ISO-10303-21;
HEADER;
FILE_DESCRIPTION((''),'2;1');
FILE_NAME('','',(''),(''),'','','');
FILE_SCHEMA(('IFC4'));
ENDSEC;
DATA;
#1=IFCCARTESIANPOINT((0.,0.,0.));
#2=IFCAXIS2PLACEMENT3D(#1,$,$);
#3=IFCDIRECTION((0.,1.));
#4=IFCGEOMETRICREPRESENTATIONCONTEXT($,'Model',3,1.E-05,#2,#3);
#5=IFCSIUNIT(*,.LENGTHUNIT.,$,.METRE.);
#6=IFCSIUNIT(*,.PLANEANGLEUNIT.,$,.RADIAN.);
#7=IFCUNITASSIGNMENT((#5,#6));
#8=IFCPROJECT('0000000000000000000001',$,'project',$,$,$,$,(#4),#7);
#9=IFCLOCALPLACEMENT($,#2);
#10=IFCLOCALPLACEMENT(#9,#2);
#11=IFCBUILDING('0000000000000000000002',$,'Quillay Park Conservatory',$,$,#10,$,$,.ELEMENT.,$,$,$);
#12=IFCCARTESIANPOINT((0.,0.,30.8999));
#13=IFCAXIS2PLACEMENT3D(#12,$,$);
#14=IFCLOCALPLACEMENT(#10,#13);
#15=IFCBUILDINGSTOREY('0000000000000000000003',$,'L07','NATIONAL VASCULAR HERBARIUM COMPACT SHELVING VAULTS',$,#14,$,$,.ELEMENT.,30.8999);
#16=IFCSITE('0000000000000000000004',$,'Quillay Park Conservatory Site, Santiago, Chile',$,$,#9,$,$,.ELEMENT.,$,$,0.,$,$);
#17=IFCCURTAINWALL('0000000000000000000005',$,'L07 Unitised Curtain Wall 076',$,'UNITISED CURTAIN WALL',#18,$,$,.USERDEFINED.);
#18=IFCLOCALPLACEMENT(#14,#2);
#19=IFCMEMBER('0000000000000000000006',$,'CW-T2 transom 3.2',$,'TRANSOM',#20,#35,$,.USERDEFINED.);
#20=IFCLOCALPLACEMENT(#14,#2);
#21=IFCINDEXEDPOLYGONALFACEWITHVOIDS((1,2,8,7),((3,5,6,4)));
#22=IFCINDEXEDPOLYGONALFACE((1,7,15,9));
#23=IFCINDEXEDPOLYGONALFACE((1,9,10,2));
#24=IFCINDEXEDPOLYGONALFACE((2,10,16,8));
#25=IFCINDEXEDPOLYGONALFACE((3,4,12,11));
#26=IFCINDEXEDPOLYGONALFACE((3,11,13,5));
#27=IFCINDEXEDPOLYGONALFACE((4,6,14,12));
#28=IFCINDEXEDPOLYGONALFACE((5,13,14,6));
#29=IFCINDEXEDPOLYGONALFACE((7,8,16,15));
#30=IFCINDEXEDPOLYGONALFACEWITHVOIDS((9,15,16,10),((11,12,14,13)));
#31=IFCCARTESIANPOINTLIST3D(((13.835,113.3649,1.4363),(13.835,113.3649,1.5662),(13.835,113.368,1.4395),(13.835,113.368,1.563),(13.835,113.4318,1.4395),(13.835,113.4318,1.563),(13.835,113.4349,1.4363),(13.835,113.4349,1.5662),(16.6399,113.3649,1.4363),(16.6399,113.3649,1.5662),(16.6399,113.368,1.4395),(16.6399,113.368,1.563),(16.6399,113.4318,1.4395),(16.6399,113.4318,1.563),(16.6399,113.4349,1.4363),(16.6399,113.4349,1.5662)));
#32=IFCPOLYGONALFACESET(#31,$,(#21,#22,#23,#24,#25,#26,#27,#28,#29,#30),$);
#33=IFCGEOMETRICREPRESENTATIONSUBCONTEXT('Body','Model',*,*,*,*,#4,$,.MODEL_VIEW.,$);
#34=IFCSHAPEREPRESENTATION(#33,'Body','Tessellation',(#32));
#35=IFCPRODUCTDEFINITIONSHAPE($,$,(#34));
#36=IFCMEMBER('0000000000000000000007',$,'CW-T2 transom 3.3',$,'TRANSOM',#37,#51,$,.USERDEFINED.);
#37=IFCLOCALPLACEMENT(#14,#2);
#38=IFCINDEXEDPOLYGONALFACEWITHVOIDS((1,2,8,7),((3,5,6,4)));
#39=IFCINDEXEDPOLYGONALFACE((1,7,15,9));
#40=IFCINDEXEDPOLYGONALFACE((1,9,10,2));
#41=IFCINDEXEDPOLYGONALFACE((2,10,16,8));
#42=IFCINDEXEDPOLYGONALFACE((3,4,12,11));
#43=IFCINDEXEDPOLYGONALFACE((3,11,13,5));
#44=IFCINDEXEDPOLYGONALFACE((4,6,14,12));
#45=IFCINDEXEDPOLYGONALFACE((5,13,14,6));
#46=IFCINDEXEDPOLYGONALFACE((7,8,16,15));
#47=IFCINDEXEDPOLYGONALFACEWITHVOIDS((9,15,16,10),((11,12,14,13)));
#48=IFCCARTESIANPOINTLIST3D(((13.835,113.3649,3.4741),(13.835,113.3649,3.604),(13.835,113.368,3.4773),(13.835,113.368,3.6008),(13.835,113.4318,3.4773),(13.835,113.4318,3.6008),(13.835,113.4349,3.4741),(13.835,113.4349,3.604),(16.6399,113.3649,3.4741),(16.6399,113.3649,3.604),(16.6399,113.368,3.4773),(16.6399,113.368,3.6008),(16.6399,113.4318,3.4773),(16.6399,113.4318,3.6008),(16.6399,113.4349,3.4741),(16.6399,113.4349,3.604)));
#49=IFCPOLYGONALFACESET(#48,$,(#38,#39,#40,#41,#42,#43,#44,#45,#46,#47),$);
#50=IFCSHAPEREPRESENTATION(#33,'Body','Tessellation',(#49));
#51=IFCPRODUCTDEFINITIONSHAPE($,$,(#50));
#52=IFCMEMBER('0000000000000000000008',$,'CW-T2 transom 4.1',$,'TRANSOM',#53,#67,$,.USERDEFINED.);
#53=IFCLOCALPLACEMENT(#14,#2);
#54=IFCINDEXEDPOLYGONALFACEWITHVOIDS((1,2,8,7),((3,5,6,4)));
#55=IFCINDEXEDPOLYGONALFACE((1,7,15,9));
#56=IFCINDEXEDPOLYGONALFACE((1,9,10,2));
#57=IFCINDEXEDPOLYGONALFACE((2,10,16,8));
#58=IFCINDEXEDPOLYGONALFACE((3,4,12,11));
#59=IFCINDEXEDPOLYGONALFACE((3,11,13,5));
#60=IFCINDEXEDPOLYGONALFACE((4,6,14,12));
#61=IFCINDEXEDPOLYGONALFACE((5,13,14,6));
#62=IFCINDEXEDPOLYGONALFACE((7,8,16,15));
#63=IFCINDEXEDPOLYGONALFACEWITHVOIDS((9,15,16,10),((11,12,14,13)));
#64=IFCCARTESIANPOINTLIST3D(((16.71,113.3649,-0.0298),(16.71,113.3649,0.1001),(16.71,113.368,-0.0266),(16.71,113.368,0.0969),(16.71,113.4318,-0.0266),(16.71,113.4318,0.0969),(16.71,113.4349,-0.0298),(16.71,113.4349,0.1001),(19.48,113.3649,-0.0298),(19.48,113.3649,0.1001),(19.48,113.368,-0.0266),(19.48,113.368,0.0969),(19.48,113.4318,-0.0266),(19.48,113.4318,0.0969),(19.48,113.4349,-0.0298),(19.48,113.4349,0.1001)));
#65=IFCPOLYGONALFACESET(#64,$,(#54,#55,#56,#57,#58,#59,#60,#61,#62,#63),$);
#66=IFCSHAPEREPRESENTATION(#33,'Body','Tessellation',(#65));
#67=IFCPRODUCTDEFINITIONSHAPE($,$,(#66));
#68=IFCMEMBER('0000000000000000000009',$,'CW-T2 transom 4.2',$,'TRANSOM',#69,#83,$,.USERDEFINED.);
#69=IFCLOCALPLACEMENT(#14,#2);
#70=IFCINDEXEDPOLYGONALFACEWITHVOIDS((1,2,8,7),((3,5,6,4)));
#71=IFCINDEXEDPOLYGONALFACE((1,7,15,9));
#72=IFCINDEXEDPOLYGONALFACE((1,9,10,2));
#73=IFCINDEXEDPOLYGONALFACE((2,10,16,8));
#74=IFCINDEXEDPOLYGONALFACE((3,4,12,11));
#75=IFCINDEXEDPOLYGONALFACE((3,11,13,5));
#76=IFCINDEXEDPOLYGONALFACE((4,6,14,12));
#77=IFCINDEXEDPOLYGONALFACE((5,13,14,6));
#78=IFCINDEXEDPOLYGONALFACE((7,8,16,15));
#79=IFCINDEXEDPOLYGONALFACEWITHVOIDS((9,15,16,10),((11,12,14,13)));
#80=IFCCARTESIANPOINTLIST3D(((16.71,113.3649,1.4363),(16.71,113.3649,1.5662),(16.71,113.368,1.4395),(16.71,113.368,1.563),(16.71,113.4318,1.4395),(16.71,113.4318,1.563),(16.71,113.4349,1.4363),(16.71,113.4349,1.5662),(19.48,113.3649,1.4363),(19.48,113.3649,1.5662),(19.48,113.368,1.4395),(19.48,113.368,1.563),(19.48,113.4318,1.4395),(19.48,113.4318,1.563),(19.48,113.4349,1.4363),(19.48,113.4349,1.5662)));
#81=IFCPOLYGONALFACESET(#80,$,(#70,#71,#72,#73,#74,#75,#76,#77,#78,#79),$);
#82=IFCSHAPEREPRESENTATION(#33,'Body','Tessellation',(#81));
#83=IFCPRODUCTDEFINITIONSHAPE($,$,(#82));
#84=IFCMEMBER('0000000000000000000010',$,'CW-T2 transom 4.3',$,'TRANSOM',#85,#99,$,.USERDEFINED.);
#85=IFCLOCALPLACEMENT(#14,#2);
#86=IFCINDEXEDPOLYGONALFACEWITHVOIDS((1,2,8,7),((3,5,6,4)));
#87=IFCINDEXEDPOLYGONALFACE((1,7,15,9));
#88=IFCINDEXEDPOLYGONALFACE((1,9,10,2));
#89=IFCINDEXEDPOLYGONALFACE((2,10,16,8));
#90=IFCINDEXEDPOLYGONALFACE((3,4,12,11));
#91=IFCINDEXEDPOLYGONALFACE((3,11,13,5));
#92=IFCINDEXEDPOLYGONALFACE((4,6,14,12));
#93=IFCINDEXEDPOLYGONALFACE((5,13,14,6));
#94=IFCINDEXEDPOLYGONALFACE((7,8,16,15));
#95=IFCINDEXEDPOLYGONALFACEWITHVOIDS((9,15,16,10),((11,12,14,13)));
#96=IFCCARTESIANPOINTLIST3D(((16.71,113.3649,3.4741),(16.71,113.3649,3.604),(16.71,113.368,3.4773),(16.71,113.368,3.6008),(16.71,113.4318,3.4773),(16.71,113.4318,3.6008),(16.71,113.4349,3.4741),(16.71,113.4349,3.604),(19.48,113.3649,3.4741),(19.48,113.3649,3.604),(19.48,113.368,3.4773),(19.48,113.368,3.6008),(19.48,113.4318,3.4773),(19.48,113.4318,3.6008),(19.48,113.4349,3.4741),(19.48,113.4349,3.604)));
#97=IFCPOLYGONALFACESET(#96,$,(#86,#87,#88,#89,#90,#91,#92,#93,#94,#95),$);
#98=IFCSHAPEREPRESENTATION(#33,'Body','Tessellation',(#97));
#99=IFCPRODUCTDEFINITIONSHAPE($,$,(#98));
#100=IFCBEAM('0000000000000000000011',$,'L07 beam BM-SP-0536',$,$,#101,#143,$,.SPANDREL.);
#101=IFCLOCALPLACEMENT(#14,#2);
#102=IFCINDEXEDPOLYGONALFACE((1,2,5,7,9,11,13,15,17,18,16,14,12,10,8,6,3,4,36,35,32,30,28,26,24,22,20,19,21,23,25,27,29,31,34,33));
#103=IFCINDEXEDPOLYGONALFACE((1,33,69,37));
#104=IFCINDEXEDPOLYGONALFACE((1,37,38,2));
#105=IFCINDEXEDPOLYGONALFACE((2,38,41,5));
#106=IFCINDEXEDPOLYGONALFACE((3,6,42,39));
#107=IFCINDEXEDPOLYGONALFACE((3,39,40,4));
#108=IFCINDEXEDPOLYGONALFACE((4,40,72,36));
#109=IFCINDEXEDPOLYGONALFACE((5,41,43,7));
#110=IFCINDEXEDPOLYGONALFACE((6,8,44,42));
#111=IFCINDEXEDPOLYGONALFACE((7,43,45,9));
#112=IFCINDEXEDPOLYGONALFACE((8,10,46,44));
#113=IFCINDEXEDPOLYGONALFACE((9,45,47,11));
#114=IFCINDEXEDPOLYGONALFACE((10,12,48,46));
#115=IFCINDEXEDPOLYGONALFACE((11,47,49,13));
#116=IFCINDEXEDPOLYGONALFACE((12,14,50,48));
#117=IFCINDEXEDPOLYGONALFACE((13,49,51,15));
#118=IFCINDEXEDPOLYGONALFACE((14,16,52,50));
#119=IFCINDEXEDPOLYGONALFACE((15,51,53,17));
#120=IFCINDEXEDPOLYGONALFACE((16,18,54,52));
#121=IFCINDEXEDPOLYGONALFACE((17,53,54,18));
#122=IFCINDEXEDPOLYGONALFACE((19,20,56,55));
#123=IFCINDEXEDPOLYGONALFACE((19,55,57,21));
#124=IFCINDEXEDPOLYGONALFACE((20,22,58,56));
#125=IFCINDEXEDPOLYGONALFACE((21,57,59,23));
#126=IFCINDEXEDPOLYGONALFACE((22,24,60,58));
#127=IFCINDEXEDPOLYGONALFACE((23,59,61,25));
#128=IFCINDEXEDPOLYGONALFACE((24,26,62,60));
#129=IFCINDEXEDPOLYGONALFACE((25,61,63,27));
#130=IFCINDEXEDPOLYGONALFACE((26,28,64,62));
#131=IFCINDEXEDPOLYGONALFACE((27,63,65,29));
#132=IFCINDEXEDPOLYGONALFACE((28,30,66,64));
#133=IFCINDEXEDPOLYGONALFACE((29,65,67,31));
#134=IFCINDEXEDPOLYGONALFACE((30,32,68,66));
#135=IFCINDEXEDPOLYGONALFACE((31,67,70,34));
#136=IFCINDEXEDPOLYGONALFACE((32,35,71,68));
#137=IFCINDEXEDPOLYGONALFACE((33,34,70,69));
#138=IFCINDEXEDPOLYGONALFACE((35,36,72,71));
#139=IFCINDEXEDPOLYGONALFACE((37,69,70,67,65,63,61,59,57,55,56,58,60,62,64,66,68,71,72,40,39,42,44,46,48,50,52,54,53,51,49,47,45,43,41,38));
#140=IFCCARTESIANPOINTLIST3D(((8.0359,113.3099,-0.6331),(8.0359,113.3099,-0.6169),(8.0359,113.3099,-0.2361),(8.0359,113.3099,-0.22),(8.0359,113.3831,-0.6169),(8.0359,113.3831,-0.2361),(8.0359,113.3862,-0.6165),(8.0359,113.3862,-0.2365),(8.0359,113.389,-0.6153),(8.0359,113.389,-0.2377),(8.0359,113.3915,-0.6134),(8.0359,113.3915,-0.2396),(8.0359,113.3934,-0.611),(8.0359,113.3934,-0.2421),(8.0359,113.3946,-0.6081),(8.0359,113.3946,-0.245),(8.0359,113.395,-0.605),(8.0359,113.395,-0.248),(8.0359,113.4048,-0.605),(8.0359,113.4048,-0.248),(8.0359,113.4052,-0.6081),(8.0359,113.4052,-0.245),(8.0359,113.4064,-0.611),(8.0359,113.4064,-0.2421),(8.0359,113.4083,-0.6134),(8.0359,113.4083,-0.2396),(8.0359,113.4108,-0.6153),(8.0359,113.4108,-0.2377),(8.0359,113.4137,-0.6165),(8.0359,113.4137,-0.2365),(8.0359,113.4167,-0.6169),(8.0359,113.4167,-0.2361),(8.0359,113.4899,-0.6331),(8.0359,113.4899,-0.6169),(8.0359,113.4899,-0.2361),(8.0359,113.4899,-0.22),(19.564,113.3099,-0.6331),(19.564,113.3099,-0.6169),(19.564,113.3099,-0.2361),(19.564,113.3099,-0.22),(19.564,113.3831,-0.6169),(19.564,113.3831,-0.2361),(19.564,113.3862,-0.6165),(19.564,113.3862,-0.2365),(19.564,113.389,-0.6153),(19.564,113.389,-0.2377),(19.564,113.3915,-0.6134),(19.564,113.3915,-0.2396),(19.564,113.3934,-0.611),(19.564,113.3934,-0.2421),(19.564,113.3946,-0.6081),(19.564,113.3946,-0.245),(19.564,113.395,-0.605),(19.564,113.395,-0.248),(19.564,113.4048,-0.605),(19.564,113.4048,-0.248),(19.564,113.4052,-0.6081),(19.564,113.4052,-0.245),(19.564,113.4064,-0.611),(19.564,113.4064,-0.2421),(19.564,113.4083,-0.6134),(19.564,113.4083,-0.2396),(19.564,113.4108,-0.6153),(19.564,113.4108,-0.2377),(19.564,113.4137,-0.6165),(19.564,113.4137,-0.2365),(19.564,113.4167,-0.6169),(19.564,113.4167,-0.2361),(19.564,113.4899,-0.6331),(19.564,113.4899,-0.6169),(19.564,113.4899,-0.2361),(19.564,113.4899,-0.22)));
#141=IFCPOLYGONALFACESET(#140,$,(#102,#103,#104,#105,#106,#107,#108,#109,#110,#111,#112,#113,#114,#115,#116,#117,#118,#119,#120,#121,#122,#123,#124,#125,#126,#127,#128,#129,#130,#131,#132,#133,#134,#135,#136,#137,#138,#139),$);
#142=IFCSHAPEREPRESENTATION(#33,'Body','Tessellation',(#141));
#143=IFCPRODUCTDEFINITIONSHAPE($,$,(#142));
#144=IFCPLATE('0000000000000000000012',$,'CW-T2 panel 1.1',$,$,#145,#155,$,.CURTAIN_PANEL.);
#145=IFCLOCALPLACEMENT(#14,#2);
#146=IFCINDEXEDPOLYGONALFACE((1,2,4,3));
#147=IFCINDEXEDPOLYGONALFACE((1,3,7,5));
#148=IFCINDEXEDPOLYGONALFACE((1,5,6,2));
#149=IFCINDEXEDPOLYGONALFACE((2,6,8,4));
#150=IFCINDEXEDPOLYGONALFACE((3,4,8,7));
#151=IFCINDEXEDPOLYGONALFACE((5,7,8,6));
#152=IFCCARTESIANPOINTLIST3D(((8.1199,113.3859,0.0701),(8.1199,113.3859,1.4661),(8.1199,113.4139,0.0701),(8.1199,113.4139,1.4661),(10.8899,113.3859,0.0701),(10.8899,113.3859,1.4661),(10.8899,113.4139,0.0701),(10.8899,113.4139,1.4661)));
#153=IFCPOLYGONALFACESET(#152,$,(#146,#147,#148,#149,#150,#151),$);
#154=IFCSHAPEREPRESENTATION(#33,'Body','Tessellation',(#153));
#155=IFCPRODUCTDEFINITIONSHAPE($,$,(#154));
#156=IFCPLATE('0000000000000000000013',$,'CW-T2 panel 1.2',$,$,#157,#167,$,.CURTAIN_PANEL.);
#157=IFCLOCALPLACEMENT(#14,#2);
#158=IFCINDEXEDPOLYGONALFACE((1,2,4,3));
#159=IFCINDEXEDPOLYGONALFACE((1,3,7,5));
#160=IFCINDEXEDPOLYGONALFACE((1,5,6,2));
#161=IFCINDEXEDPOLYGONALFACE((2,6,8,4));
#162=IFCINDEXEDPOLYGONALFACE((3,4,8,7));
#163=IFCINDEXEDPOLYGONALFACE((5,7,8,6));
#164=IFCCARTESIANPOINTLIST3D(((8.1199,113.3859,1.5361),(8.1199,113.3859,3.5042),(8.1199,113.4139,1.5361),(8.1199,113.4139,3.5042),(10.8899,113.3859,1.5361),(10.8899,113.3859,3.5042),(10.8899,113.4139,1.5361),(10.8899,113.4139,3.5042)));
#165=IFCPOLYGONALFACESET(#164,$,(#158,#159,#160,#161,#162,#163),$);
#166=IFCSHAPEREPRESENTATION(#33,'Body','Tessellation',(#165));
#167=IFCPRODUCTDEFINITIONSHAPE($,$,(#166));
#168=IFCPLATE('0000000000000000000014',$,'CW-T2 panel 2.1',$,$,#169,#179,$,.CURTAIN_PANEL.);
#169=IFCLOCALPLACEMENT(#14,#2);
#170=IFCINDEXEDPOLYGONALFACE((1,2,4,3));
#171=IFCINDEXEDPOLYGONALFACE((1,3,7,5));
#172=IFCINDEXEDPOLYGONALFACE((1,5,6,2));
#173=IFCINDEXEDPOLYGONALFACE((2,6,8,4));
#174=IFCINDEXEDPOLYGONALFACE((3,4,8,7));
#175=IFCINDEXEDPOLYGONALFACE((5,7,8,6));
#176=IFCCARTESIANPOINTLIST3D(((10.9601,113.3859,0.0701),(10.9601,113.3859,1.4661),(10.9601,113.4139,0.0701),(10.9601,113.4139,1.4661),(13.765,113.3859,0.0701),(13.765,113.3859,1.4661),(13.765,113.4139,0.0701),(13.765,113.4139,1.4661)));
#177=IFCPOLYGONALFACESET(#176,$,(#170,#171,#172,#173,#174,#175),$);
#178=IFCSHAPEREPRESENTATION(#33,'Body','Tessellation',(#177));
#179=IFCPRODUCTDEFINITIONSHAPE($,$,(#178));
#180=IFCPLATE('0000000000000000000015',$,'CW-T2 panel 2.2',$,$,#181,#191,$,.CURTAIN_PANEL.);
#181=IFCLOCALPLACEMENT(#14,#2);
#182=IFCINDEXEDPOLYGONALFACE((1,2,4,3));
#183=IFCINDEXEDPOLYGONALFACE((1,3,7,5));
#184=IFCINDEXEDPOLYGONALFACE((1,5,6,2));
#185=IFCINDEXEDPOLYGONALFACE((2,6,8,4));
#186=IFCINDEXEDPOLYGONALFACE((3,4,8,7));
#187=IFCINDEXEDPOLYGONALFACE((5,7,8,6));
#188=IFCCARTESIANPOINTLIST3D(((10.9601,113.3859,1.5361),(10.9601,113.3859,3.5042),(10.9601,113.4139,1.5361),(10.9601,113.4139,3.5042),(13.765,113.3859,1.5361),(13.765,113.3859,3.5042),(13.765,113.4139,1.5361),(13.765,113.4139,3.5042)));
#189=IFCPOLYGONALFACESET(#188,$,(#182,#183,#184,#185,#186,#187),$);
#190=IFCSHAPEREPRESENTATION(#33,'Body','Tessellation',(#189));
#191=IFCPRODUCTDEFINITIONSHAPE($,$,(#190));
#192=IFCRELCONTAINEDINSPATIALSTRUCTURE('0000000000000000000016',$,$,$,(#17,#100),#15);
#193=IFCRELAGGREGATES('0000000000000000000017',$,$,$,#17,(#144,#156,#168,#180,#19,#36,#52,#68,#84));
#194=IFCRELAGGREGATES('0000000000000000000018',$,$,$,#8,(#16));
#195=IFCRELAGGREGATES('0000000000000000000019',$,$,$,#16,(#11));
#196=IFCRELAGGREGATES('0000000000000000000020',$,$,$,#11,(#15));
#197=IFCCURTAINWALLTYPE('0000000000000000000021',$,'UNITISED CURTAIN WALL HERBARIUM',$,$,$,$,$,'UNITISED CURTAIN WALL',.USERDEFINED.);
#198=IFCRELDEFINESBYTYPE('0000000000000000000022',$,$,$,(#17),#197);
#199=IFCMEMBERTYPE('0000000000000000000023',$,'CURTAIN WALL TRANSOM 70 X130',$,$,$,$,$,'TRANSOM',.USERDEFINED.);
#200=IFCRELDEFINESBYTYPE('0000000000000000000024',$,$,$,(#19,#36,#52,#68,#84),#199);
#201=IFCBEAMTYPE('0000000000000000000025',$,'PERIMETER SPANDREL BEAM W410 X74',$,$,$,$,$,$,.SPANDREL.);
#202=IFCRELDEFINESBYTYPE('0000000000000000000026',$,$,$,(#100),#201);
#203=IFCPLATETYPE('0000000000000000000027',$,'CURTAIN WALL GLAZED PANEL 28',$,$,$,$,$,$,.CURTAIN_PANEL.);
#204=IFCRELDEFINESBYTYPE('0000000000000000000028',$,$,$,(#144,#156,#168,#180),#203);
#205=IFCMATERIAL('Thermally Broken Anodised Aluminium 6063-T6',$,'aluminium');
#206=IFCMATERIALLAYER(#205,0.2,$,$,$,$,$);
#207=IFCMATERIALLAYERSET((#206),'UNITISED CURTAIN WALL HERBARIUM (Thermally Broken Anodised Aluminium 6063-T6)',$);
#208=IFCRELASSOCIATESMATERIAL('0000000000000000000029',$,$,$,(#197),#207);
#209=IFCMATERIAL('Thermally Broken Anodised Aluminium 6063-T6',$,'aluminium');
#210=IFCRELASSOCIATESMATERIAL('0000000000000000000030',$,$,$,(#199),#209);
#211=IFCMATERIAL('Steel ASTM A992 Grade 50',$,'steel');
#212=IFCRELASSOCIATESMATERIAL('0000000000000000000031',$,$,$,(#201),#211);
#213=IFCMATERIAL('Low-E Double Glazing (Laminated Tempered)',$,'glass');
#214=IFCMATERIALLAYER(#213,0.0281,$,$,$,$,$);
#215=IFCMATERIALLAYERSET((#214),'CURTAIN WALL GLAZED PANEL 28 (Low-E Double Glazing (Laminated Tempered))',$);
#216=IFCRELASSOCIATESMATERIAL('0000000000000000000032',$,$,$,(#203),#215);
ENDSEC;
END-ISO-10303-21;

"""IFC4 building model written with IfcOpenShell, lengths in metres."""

from ifc_helpers import new_model, si_unit, direction, frame, origin, origin_2d, place, context, subcontext, project, spatial, rectangle, hollow_rectangle, i_section, extrude, material, layer, layer_set, material_profile, profile_set, type_object, element, aggregate, save


model = new_model("IFC4")

# Units and contexts
model_context = context("Model", 3, precision=1e-05, world=origin(), true_north=direction((0.0, 1.0)))
body_context = subcontext(model_context, "Body", "Model", "MODEL_VIEW")
ifc_project = project(units=[si_unit("LENGTHUNIT", "METRE"), si_unit("PLANEANGLEUNIT", "RADIAN")], contexts=[model_context])

# Site, building, storey
site_placement = place(None, origin())
site = spatial("IfcSite", under=ifc_project, at=site_placement, Name="Quillay Park Conservatory Site, Santiago, Chile", CompositionType="ELEMENT", RefElevation=0.0)
building_placement = place(site_placement, origin())
building = spatial("IfcBuilding", under=site, at=building_placement, Name="Quillay Park Conservatory", CompositionType="ELEMENT")
storey_placement = place(building_placement, frame((0.0, 0.0, 30.8999)))
storey = spatial("IfcBuildingStorey", under=building, at=storey_placement, Name="L07", Description="NATIONAL VASCULAR HERBARIUM COMPACT SHELVING VAULTS", CompositionType="ELEMENT", Elevation=30.8999)

# Curtain wall, members
ifc_material_1 = material(Name="Thermally Broken Anodised Aluminium 6063-T6", Category="aluminium")
ifc_layer_1 = layer(ifc_material_1, 0.2)
ifc_layer_set_1 = layer_set([ifc_layer_1], Name="UNITISED CURTAIN WALL HERBARIUM (Thermally Broken Anodised Aluminium 6063-T6)")
curtain_wall_type = type_object("IfcCurtainWallType", Name="UNITISED CURTAIN WALL HERBARIUM", ElementType="UNITISED CURTAIN WALL", PredefinedType="USERDEFINED", material=ifc_layer_set_1)
curtain_wall_placement = place(storey_placement, origin())
curtain_wall = element("IfcCurtainWall", 1, at=curtain_wall_placement, inside=storey, type_object=curtain_wall_type, Name="L07 Unitised Curtain Wall 076", ObjectType="UNITISED CURTAIN WALL", PredefinedType="USERDEFINED")
ifc_material_2 = material(Name="Thermally Broken Anodised Aluminium 6063-T6", Category="aluminium")
ifc_material_profile_1 = material_profile(ifc_material_2, hollow_rectangle(XDim=0.0701, YDim=0.1299, WallThickness=0.0032, at=origin_2d()), Name="AL70x130x3.2")
ifc_profile_set_1 = profile_set([ifc_material_profile_1], Name="Thermally Broken Anodised Aluminium 6063-T6")
member_type_1 = type_object("IfcMemberType", Name="CURTAIN WALL TRANSOM 70 X130", ElementType="TRANSOM", PredefinedType="USERDEFINED", material=ifc_profile_set_1)
member_1_placement = place(storey_placement, frame((13.835, 113.3999, 1.5012), z_axis=(1.0, 0.0, 0.0), x_axis=(0.0, 1.0, 0.0)))
member_1 = element("IfcMember", 2, at=member_1_placement, type_object=member_type_1, Name="CW-T2 transom 3.2", ObjectType="TRANSOM", PredefinedType="USERDEFINED", context=body_context, shape_type="SweptSolid", body=[
    extrude(hollow_rectangle(XDim=0.0701, YDim=0.1299, WallThickness=0.0032, at=origin_2d()), origin(), (0.0, 0.0, 1.0), 2.8049),
])
member_2_placement = place(storey_placement, frame((13.835, 113.3999, 3.5391), z_axis=(1.0, 0.0, 0.0), x_axis=(0.0, 1.0, 0.0)))
member_2 = element("IfcMember", 3, at=member_2_placement, type_object=member_type_1, Name="CW-T2 transom 3.3", ObjectType="TRANSOM", PredefinedType="USERDEFINED", context=body_context, shape_type="SweptSolid", body=[
    extrude(hollow_rectangle(XDim=0.0701, YDim=0.1299, WallThickness=0.0032, at=origin_2d()), origin(), (0.0, 0.0, 1.0), 2.8049),
])
member_3_placement = place(storey_placement, frame((16.71, 113.3999, 0.0352), z_axis=(1.0, 0.0, 0.0), x_axis=(0.0, 1.0, 0.0)))
member_3 = element("IfcMember", 4, at=member_3_placement, type_object=member_type_1, Name="CW-T2 transom 4.1", ObjectType="TRANSOM", PredefinedType="USERDEFINED", context=body_context, shape_type="SweptSolid", body=[
    extrude(hollow_rectangle(XDim=0.0701, YDim=0.1299, WallThickness=0.0032, at=origin_2d()), origin(), (0.0, 0.0, 1.0), 2.77),
])
member_4_placement = place(storey_placement, frame((16.71, 113.3999, 1.5012), z_axis=(1.0, 0.0, 0.0), x_axis=(0.0, 1.0, 0.0)))
member_4 = element("IfcMember", 5, at=member_4_placement, type_object=member_type_1, Name="CW-T2 transom 4.2", ObjectType="TRANSOM", PredefinedType="USERDEFINED", context=body_context, shape_type="SweptSolid", body=[
    extrude(hollow_rectangle(XDim=0.0701, YDim=0.1299, WallThickness=0.0032, at=origin_2d()), origin(), (0.0, 0.0, 1.0), 2.77),
])
member_5_placement = place(storey_placement, frame((16.71, 113.3999, 3.5391), z_axis=(1.0, 0.0, 0.0), x_axis=(0.0, 1.0, 0.0)))
member_5 = element("IfcMember", 6, at=member_5_placement, type_object=member_type_1, Name="CW-T2 transom 4.3", ObjectType="TRANSOM", PredefinedType="USERDEFINED", context=body_context, shape_type="SweptSolid", body=[
    extrude(hollow_rectangle(XDim=0.0701, YDim=0.1299, WallThickness=0.0032, at=origin_2d()), origin(), (0.0, 0.0, 1.0), 2.77),
])

# Beam
ifc_material_3 = material(Name="Steel ASTM A992 Grade 50", Category="steel")
ifc_material_profile_2 = material_profile(ifc_material_3, i_section(OverallWidth=0.1799, OverallDepth=0.4131, WebThickness=0.0098, FlangeThickness=0.0161, FilletRadius=0.012, at=origin_2d()), Name="W410x74")
ifc_profile_set_2 = profile_set([ifc_material_profile_2], Name="Steel ASTM A992 Grade 50")
beam_type = type_object("IfcBeamType", Name="PERIMETER SPANDREL BEAM W410 X74", PredefinedType="SPANDREL", material=ifc_profile_set_2)
beam_placement = place(storey_placement, frame((8.0359, 113.3999, -0.4265), z_axis=(1.0, 0.0, 0.0), x_axis=(0.0, 1.0, 0.0)))
element("IfcBeam", 7, at=beam_placement, inside=storey, type_object=beam_type, Name="L07 beam BM-SP-0536", PredefinedType="SPANDREL", context=body_context, shape_type="SweptSolid", body=[
    extrude(i_section(OverallWidth=0.1799, OverallDepth=0.4131, WebThickness=0.0098, FlangeThickness=0.0161, FilletRadius=0.012, at=origin_2d()), origin(), (0.0, 0.0, 1.0), 11.5281),
])

# Plates
ifc_material_4 = material(Name="Low-E Double Glazing (Laminated Tempered)", Category="glass")
ifc_layer_2 = layer(ifc_material_4, 0.0281)
ifc_layer_set_2 = layer_set([ifc_layer_2], Name="CURTAIN WALL GLAZED PANEL 28 (Low-E Double Glazing (Laminated Tempered))")
plate_type = type_object("IfcPlateType", Name="CURTAIN WALL GLAZED PANEL 28", PredefinedType="CURTAIN_PANEL", material=ifc_layer_set_2)
plate_1_placement = place(storey_placement, frame((9.5049, 113.3999, 0.0701), z_axis=(0.0, 0.0, 1.0), x_axis=(1.0, 0.0, 0.0)))
plate_1 = element("IfcPlate", 8, at=plate_1_placement, type_object=plate_type, Name="CW-T2 panel 1.1", PredefinedType="CURTAIN_PANEL", context=body_context, shape_type="SweptSolid", body=[
    extrude(rectangle(XDim=2.77, YDim=0.0281, at=origin_2d()), origin(), (0.0, 0.0, 1.0), 1.396),
])
plate_2_placement = place(storey_placement, frame((9.5049, 113.3999, 1.5361), z_axis=(0.0, 0.0, 1.0), x_axis=(1.0, 0.0, 0.0)))
plate_2 = element("IfcPlate", 9, at=plate_2_placement, type_object=plate_type, Name="CW-T2 panel 1.2", PredefinedType="CURTAIN_PANEL", context=body_context, shape_type="SweptSolid", body=[
    extrude(rectangle(XDim=2.77, YDim=0.0281, at=origin_2d()), origin(), (0.0, 0.0, 1.0), 1.968),
])
plate_3_placement = place(storey_placement, frame((12.3625, 113.3999, 0.0701), z_axis=(0.0, 0.0, 1.0), x_axis=(1.0, 0.0, 0.0)))
plate_3 = element("IfcPlate", 10, at=plate_3_placement, type_object=plate_type, Name="CW-T2 panel 2.1", PredefinedType="CURTAIN_PANEL", context=body_context, shape_type="SweptSolid", body=[
    extrude(rectangle(XDim=2.8049, YDim=0.0281, at=origin_2d()), origin(), (0.0, 0.0, 1.0), 1.396),
])
plate_4_placement = place(storey_placement, frame((12.3625, 113.3999, 1.5361), z_axis=(0.0, 0.0, 1.0), x_axis=(1.0, 0.0, 0.0)))
plate_4 = element("IfcPlate", 11, at=plate_4_placement, type_object=plate_type, Name="CW-T2 panel 2.2", PredefinedType="CURTAIN_PANEL", context=body_context, shape_type="SweptSolid", body=[
    extrude(rectangle(XDim=2.8049, YDim=0.0281, at=origin_2d()), origin(), (0.0, 0.0, 1.0), 1.968),
])
aggregate(curtain_wall, [plate_1, plate_2, plate_3, plate_4, member_1, member_2, member_3, member_4, member_5])

save(model, "model.ifc")
